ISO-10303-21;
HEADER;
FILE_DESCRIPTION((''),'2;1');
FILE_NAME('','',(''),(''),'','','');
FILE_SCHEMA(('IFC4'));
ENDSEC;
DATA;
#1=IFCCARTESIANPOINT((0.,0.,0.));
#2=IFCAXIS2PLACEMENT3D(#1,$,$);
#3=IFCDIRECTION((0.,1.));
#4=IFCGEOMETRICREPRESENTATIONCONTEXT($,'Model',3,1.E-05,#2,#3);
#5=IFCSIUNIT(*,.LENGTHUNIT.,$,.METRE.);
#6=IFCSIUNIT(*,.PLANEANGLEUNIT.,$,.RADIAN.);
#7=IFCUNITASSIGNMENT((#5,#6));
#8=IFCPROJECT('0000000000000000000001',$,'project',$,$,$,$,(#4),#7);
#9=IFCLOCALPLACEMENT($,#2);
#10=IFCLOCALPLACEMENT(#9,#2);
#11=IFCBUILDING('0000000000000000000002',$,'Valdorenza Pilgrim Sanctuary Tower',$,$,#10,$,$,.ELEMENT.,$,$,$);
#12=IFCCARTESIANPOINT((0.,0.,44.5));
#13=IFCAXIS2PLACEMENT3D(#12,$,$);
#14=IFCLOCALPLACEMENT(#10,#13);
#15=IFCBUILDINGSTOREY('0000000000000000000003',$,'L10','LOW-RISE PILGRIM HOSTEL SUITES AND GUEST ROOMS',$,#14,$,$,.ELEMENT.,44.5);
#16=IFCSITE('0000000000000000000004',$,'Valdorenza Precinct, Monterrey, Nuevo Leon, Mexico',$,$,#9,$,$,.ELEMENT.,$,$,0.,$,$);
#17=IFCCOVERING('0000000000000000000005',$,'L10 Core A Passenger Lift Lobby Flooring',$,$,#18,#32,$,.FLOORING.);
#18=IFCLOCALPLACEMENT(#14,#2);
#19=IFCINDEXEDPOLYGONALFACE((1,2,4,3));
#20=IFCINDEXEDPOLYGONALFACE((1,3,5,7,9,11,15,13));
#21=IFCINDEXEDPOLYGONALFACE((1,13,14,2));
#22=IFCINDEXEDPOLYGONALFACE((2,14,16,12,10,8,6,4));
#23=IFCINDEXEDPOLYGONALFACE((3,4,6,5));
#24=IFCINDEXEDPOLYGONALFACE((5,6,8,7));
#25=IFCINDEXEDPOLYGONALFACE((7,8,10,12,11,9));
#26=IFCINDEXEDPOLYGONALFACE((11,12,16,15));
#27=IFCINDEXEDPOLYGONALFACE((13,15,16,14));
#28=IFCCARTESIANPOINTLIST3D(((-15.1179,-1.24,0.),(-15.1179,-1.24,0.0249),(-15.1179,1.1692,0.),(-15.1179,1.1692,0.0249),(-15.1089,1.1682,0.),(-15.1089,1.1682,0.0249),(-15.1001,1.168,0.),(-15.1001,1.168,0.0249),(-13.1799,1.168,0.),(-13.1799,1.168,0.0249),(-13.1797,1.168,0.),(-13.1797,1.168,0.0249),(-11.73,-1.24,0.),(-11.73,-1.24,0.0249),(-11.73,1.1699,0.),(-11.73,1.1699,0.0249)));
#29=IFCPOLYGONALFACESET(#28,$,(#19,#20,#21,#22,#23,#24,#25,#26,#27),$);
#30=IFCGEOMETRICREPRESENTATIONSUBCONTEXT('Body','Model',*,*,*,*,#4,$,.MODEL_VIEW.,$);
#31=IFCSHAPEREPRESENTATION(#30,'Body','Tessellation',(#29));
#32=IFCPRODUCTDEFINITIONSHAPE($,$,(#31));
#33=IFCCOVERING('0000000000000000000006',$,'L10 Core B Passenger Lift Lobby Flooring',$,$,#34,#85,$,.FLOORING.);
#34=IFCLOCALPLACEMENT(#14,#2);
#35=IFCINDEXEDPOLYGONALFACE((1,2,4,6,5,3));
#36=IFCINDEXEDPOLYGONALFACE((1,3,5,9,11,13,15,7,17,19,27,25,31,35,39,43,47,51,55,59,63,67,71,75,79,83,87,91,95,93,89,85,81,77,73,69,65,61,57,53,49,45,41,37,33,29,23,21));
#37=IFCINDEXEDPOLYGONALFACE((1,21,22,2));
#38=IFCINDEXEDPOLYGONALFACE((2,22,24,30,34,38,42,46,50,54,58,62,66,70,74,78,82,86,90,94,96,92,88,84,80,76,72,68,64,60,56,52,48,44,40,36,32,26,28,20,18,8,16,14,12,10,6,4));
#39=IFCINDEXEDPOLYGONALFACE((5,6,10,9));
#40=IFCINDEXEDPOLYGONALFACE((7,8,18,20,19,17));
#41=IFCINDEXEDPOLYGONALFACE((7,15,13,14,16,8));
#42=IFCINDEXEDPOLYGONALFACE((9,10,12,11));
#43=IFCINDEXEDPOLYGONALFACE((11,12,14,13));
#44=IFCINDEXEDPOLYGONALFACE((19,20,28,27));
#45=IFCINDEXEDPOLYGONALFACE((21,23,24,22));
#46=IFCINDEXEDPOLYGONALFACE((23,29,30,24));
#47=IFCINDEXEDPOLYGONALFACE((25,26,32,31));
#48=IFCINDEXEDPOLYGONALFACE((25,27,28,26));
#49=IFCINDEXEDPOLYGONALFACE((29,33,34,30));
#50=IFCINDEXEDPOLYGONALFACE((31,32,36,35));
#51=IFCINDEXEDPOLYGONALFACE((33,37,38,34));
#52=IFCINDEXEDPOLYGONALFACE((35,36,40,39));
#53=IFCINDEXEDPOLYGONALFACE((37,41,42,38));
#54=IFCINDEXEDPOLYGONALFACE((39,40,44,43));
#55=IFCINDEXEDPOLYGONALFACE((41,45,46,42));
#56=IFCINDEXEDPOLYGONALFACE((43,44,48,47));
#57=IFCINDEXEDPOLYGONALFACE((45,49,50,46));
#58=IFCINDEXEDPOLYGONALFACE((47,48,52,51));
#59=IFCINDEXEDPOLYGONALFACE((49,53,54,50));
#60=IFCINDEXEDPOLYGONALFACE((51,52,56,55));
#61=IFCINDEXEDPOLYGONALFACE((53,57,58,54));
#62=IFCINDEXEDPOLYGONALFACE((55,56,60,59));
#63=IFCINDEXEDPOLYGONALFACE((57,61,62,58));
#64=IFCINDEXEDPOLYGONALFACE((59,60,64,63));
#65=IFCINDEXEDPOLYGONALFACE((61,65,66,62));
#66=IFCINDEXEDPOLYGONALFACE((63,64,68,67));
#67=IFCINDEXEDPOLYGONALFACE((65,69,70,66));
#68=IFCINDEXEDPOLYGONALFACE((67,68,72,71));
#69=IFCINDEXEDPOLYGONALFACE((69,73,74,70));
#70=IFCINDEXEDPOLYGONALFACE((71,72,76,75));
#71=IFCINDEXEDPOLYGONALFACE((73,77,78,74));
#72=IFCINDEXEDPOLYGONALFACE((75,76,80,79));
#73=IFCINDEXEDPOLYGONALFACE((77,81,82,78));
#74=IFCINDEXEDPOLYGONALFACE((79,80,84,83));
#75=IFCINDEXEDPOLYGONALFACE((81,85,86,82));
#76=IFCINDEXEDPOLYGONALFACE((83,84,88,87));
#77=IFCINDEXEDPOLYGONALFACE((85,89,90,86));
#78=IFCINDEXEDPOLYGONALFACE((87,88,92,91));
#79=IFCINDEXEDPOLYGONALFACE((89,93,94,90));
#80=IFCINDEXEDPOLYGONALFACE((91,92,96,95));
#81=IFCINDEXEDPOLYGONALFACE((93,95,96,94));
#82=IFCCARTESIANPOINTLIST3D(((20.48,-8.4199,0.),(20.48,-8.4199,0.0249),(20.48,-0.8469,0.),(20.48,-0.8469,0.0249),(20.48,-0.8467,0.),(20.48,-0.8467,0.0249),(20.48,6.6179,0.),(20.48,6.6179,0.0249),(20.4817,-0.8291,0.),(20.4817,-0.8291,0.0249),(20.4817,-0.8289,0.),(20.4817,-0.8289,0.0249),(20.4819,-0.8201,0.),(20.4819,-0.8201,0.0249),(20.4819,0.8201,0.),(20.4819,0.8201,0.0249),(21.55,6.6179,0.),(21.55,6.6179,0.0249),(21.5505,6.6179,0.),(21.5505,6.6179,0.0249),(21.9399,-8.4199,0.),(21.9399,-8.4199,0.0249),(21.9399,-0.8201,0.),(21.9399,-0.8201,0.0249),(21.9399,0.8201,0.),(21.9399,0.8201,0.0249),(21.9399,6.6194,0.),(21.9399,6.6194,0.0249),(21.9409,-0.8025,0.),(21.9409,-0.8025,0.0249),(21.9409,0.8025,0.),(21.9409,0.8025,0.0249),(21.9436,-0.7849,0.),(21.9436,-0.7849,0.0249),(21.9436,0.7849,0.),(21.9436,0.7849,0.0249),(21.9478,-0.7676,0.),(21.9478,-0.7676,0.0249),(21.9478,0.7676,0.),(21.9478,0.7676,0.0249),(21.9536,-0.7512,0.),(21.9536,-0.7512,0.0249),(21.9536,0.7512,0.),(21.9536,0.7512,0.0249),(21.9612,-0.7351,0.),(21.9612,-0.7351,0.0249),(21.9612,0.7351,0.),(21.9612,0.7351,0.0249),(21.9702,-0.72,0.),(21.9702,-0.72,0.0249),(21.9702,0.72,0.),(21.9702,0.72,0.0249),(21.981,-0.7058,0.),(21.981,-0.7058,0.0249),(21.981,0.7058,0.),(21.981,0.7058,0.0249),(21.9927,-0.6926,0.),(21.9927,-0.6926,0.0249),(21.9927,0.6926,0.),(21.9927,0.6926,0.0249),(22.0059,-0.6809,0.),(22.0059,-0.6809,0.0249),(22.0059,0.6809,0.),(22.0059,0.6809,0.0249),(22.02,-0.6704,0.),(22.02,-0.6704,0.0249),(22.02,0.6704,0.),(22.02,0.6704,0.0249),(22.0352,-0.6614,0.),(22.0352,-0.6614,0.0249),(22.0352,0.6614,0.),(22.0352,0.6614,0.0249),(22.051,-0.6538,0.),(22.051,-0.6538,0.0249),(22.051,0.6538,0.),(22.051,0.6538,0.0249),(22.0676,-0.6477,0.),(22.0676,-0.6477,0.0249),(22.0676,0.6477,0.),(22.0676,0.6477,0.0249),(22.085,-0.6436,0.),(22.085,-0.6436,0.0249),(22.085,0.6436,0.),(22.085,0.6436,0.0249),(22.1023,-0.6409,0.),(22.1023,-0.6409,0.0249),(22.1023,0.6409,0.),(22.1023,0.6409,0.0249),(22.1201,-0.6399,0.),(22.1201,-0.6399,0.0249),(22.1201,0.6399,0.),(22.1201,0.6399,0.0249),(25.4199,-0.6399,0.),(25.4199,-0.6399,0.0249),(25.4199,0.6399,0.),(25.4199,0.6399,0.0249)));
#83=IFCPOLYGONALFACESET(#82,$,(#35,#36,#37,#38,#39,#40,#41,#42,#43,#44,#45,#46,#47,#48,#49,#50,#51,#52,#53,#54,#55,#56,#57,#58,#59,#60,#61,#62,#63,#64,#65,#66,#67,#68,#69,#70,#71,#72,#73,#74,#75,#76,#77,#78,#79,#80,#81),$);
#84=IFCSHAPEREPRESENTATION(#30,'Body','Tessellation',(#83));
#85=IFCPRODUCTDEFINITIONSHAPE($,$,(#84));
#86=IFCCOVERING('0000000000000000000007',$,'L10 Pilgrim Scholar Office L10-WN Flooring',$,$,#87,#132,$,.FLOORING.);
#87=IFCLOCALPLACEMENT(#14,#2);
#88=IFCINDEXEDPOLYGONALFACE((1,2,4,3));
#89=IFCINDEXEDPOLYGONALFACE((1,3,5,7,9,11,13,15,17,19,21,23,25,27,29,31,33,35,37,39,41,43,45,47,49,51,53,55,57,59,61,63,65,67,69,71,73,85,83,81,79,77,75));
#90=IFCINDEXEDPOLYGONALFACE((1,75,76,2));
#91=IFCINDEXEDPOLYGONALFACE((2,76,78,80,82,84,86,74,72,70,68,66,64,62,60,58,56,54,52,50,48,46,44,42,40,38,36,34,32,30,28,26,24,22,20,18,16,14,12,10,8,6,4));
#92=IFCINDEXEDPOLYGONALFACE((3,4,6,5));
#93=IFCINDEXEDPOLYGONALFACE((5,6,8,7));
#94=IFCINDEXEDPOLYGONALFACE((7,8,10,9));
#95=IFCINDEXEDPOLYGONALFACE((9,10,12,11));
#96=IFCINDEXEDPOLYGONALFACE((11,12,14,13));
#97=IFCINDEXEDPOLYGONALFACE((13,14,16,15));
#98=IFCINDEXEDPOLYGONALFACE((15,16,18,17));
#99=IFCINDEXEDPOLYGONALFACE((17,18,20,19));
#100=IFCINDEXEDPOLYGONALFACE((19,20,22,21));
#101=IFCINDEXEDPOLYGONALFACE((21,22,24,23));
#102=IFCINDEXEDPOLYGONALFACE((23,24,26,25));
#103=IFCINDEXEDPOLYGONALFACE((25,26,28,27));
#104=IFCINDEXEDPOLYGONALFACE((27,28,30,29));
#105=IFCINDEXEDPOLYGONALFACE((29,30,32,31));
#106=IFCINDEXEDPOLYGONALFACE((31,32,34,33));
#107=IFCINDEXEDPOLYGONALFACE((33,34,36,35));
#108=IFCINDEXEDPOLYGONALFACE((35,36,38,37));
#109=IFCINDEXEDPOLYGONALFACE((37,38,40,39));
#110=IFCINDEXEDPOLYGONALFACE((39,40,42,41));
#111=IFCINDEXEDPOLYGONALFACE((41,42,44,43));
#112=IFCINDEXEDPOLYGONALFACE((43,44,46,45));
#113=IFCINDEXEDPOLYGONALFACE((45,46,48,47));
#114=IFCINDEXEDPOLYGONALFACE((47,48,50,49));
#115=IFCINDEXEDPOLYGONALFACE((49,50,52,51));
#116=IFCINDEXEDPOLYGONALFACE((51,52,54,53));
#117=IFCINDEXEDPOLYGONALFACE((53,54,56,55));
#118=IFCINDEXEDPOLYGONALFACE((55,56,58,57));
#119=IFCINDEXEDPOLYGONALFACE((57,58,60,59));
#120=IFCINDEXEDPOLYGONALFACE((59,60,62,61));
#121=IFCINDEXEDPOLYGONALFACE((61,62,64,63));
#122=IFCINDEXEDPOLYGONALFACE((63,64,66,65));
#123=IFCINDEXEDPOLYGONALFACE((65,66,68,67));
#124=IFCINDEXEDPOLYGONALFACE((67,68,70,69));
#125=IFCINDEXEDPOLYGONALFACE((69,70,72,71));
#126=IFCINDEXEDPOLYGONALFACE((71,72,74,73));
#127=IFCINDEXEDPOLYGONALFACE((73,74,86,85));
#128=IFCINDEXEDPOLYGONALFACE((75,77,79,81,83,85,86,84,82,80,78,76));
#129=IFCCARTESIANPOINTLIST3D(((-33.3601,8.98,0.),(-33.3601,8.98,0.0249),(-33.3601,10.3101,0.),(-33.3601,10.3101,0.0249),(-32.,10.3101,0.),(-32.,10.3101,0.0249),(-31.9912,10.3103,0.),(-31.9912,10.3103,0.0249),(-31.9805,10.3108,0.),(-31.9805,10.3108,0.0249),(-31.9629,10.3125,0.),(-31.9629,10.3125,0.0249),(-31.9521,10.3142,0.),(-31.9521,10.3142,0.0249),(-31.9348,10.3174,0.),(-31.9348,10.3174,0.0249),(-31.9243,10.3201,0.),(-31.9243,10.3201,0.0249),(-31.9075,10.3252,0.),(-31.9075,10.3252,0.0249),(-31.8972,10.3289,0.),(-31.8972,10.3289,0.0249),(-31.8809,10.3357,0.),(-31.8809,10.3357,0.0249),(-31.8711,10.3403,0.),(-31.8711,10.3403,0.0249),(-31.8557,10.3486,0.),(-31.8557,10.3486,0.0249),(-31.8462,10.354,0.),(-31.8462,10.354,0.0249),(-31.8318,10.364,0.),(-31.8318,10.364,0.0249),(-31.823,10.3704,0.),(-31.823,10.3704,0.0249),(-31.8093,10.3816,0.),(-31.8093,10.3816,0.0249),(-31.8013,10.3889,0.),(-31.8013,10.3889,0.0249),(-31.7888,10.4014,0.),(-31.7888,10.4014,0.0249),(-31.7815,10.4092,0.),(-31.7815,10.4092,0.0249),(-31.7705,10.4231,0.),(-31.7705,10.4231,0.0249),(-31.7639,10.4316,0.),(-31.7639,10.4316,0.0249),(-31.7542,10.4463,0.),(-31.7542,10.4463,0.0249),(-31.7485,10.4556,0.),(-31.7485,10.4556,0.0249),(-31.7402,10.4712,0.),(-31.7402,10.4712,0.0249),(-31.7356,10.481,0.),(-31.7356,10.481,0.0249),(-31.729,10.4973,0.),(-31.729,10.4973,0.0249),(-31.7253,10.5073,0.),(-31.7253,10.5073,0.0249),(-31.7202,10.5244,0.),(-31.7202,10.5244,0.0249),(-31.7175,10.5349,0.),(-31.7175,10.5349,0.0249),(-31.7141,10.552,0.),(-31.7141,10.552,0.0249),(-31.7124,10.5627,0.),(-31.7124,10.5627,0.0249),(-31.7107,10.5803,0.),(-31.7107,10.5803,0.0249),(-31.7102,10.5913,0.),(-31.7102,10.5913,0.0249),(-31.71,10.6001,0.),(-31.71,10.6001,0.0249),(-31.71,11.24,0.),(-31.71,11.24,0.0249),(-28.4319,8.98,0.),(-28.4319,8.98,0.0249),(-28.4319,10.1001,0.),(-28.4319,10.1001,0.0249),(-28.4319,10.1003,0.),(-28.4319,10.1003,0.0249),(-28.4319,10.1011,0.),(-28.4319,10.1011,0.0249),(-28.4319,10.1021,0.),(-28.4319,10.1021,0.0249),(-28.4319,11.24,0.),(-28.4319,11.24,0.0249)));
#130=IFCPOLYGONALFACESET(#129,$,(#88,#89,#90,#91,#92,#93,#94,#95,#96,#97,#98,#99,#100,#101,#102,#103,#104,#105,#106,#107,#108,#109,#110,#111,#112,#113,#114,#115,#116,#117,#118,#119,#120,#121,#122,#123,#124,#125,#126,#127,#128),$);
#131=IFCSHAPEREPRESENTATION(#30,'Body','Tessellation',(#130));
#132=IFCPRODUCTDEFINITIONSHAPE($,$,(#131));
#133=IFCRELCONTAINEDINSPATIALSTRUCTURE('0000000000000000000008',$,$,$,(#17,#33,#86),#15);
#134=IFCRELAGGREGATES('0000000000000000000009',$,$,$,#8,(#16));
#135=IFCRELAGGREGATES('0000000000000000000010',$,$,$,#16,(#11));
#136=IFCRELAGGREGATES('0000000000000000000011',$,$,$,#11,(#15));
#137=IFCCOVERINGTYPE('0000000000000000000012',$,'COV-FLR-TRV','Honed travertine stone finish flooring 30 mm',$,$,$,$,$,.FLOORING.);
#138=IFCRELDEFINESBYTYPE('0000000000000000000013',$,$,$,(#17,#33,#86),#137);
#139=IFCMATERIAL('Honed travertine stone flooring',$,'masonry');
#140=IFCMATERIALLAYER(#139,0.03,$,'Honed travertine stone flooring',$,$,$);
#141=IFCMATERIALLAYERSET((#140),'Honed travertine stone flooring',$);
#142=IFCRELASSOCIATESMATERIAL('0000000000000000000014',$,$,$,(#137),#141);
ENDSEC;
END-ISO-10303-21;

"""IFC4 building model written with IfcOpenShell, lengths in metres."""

from ifc_helpers import new_model, si_unit, direction, frame, origin, place, context, subcontext, project, spatial, polyline, outline, extrude, material, layer, layer_set, type_object, element, save


model = new_model("IFC4")

# Units and contexts
model_context = context("Model", 3, precision=1e-05, world=origin(), true_north=direction((0.0, 1.0)))
body_context = subcontext(model_context, "Body", "Model", "MODEL_VIEW")
ifc_project = project(units=[si_unit("LENGTHUNIT", "METRE"), si_unit("PLANEANGLEUNIT", "RADIAN")], contexts=[model_context])

# Site, building, storey
site_placement = place(None, origin())
site = spatial("IfcSite", under=ifc_project, at=site_placement, Name="Valdorenza Precinct, Monterrey, Nuevo Leon, Mexico", CompositionType="ELEMENT", RefElevation=0.0)
building_placement = place(site_placement, origin())
building = spatial("IfcBuilding", under=site, at=building_placement, Name="Valdorenza Pilgrim Sanctuary Tower", CompositionType="ELEMENT")
storey_placement = place(building_placement, frame((0.0, 0.0, 44.5)))
storey = spatial("IfcBuildingStorey", under=building, at=storey_placement, Name="L10", Description="LOW-RISE PILGRIM HOSTEL SUITES AND GUEST ROOMS", CompositionType="ELEMENT", Elevation=44.5)

# Coverings
ifc_material_1 = material(Name="Honed travertine stone flooring", Category="masonry")
ifc_layer_1 = layer(ifc_material_1, 0.03, Name="Honed travertine stone flooring")
ifc_layer_set_1 = layer_set([ifc_layer_1], Name="Honed travertine stone flooring")
covering_type_1 = type_object("IfcCoveringType", Name="COV-FLR-TRV", Description="Honed travertine stone finish flooring 30 mm", PredefinedType="FLOORING", material=ifc_layer_set_1)
covering_1_placement = place(storey_placement, origin())
element("IfcCovering", 1, at=covering_1_placement, inside=storey, type_object=covering_type_1, Name="L10 Core A Passenger Lift Lobby Flooring", PredefinedType="FLOORING", context=body_context, shape_type="SweptSolid", body=[
    extrude(outline(polyline([(-15.1179, 1.1692), (-15.1089, 1.1682), (-15.1089, 1.1682), (-15.1001, 1.168), (-13.1799, 1.168), (-13.1797, 1.168), (-11.73, 1.1699), (-11.73, -1.24), (-15.1179, -1.24), (-15.1179, 1.1692)])), origin(), (0.0, 0.0, 1.0), 0.0249),
])
covering_2_placement = place(storey_placement, origin())
element("IfcCovering", 2, at=covering_2_placement, inside=storey, type_object=covering_type_1, Name="L10 Core B Passenger Lift Lobby Flooring", PredefinedType="FLOORING", context=body_context, shape_type="SweptSolid", body=[
    extrude(outline(polyline([(20.48, 6.6179), (21.55, 6.6179), (21.5505, 6.6179), (21.9399, 6.6194), (21.9399, 0.8201), (21.9409, 0.8025), (21.9436, 0.7849), (21.9478, 0.7676), (21.9536, 0.7512), (21.9612, 0.7351), (21.9702, 0.72), (21.981, 0.7058), (21.9927, 0.6926), (22.0059, 0.6809), (22.02, 0.6704), (22.0352, 0.6614), (22.051, 0.6538), (22.0676, 0.6477), (22.085, 0.6436), (22.1023, 0.6409), (22.1201, 0.6399), (25.4199, 0.6399), (25.4199, -0.6399), (22.1201, -0.6399), (22.1023, -0.6409), (22.085, -0.6436), (22.0676, -0.6477), (22.051, -0.6538), (22.0352, -0.6614), (22.02, -0.6704), (22.0059, -0.6809), (21.9927, -0.6926), (21.981, -0.7058), (21.9702, -0.72), (21.9612, -0.7351), (21.9536, -0.7512), (21.9478, -0.7676), (21.9436, -0.7849), (21.9409, -0.8025), (21.9399, -0.8201), (21.9399, -8.4199), (20.48, -8.4199), (20.48, -0.8469), (20.48, -0.8467), (20.48, -0.8467), (20.4817, -0.8291), (20.4817, -0.8289), (20.4819, -0.8201), (20.4819, 0.8201), (20.48, 6.6179)])), origin(), (0.0, 0.0, 1.0), 0.0249),
])
covering_3_placement = place(storey_placement, origin())
element("IfcCovering", 3, at=covering_3_placement, inside=storey, type_object=covering_type_1, Name="L10 Pilgrim Scholar Office L10-WN Flooring", PredefinedType="FLOORING", context=body_context, shape_type="SweptSolid", body=[
    extrude(outline(polyline([(-28.4319, 11.24), (-28.4319, 10.1021), (-28.4319, 10.1011), (-28.4319, 10.1003), (-28.4319, 10.1001), (-28.4319, 8.98), (-33.3601, 8.98), (-33.3601, 10.3101), (-32.0, 10.3101), (-31.9912, 10.3103), (-31.9805, 10.3108), (-31.9629, 10.3125), (-31.9521, 10.3142), (-31.9348, 10.3174), (-31.9243, 10.3201), (-31.9075, 10.3252), (-31.8972, 10.3289), (-31.8809, 10.3357), (-31.8711, 10.3403), (-31.8557, 10.3486), (-31.8462, 10.354), (-31.8318, 10.364), (-31.823, 10.3704), (-31.8093, 10.3816), (-31.8013, 10.3889), (-31.7888, 10.4014), (-31.7815, 10.4092), (-31.7705, 10.4231), (-31.7639, 10.4316), (-31.7542, 10.4463), (-31.7485, 10.4556), (-31.7402, 10.4712), (-31.7356, 10.481), (-31.729, 10.4973), (-31.7253, 10.5073), (-31.7202, 10.5244), (-31.7175, 10.5349), (-31.7141, 10.552), (-31.7124, 10.5627), (-31.7107, 10.5803), (-31.7102, 10.5913), (-31.71, 10.6001), (-31.71, 11.24), (-28.4319, 11.24)])), origin(), (0.0, 0.0, 1.0), 0.0249),
])

save(model, "model.ifc")
